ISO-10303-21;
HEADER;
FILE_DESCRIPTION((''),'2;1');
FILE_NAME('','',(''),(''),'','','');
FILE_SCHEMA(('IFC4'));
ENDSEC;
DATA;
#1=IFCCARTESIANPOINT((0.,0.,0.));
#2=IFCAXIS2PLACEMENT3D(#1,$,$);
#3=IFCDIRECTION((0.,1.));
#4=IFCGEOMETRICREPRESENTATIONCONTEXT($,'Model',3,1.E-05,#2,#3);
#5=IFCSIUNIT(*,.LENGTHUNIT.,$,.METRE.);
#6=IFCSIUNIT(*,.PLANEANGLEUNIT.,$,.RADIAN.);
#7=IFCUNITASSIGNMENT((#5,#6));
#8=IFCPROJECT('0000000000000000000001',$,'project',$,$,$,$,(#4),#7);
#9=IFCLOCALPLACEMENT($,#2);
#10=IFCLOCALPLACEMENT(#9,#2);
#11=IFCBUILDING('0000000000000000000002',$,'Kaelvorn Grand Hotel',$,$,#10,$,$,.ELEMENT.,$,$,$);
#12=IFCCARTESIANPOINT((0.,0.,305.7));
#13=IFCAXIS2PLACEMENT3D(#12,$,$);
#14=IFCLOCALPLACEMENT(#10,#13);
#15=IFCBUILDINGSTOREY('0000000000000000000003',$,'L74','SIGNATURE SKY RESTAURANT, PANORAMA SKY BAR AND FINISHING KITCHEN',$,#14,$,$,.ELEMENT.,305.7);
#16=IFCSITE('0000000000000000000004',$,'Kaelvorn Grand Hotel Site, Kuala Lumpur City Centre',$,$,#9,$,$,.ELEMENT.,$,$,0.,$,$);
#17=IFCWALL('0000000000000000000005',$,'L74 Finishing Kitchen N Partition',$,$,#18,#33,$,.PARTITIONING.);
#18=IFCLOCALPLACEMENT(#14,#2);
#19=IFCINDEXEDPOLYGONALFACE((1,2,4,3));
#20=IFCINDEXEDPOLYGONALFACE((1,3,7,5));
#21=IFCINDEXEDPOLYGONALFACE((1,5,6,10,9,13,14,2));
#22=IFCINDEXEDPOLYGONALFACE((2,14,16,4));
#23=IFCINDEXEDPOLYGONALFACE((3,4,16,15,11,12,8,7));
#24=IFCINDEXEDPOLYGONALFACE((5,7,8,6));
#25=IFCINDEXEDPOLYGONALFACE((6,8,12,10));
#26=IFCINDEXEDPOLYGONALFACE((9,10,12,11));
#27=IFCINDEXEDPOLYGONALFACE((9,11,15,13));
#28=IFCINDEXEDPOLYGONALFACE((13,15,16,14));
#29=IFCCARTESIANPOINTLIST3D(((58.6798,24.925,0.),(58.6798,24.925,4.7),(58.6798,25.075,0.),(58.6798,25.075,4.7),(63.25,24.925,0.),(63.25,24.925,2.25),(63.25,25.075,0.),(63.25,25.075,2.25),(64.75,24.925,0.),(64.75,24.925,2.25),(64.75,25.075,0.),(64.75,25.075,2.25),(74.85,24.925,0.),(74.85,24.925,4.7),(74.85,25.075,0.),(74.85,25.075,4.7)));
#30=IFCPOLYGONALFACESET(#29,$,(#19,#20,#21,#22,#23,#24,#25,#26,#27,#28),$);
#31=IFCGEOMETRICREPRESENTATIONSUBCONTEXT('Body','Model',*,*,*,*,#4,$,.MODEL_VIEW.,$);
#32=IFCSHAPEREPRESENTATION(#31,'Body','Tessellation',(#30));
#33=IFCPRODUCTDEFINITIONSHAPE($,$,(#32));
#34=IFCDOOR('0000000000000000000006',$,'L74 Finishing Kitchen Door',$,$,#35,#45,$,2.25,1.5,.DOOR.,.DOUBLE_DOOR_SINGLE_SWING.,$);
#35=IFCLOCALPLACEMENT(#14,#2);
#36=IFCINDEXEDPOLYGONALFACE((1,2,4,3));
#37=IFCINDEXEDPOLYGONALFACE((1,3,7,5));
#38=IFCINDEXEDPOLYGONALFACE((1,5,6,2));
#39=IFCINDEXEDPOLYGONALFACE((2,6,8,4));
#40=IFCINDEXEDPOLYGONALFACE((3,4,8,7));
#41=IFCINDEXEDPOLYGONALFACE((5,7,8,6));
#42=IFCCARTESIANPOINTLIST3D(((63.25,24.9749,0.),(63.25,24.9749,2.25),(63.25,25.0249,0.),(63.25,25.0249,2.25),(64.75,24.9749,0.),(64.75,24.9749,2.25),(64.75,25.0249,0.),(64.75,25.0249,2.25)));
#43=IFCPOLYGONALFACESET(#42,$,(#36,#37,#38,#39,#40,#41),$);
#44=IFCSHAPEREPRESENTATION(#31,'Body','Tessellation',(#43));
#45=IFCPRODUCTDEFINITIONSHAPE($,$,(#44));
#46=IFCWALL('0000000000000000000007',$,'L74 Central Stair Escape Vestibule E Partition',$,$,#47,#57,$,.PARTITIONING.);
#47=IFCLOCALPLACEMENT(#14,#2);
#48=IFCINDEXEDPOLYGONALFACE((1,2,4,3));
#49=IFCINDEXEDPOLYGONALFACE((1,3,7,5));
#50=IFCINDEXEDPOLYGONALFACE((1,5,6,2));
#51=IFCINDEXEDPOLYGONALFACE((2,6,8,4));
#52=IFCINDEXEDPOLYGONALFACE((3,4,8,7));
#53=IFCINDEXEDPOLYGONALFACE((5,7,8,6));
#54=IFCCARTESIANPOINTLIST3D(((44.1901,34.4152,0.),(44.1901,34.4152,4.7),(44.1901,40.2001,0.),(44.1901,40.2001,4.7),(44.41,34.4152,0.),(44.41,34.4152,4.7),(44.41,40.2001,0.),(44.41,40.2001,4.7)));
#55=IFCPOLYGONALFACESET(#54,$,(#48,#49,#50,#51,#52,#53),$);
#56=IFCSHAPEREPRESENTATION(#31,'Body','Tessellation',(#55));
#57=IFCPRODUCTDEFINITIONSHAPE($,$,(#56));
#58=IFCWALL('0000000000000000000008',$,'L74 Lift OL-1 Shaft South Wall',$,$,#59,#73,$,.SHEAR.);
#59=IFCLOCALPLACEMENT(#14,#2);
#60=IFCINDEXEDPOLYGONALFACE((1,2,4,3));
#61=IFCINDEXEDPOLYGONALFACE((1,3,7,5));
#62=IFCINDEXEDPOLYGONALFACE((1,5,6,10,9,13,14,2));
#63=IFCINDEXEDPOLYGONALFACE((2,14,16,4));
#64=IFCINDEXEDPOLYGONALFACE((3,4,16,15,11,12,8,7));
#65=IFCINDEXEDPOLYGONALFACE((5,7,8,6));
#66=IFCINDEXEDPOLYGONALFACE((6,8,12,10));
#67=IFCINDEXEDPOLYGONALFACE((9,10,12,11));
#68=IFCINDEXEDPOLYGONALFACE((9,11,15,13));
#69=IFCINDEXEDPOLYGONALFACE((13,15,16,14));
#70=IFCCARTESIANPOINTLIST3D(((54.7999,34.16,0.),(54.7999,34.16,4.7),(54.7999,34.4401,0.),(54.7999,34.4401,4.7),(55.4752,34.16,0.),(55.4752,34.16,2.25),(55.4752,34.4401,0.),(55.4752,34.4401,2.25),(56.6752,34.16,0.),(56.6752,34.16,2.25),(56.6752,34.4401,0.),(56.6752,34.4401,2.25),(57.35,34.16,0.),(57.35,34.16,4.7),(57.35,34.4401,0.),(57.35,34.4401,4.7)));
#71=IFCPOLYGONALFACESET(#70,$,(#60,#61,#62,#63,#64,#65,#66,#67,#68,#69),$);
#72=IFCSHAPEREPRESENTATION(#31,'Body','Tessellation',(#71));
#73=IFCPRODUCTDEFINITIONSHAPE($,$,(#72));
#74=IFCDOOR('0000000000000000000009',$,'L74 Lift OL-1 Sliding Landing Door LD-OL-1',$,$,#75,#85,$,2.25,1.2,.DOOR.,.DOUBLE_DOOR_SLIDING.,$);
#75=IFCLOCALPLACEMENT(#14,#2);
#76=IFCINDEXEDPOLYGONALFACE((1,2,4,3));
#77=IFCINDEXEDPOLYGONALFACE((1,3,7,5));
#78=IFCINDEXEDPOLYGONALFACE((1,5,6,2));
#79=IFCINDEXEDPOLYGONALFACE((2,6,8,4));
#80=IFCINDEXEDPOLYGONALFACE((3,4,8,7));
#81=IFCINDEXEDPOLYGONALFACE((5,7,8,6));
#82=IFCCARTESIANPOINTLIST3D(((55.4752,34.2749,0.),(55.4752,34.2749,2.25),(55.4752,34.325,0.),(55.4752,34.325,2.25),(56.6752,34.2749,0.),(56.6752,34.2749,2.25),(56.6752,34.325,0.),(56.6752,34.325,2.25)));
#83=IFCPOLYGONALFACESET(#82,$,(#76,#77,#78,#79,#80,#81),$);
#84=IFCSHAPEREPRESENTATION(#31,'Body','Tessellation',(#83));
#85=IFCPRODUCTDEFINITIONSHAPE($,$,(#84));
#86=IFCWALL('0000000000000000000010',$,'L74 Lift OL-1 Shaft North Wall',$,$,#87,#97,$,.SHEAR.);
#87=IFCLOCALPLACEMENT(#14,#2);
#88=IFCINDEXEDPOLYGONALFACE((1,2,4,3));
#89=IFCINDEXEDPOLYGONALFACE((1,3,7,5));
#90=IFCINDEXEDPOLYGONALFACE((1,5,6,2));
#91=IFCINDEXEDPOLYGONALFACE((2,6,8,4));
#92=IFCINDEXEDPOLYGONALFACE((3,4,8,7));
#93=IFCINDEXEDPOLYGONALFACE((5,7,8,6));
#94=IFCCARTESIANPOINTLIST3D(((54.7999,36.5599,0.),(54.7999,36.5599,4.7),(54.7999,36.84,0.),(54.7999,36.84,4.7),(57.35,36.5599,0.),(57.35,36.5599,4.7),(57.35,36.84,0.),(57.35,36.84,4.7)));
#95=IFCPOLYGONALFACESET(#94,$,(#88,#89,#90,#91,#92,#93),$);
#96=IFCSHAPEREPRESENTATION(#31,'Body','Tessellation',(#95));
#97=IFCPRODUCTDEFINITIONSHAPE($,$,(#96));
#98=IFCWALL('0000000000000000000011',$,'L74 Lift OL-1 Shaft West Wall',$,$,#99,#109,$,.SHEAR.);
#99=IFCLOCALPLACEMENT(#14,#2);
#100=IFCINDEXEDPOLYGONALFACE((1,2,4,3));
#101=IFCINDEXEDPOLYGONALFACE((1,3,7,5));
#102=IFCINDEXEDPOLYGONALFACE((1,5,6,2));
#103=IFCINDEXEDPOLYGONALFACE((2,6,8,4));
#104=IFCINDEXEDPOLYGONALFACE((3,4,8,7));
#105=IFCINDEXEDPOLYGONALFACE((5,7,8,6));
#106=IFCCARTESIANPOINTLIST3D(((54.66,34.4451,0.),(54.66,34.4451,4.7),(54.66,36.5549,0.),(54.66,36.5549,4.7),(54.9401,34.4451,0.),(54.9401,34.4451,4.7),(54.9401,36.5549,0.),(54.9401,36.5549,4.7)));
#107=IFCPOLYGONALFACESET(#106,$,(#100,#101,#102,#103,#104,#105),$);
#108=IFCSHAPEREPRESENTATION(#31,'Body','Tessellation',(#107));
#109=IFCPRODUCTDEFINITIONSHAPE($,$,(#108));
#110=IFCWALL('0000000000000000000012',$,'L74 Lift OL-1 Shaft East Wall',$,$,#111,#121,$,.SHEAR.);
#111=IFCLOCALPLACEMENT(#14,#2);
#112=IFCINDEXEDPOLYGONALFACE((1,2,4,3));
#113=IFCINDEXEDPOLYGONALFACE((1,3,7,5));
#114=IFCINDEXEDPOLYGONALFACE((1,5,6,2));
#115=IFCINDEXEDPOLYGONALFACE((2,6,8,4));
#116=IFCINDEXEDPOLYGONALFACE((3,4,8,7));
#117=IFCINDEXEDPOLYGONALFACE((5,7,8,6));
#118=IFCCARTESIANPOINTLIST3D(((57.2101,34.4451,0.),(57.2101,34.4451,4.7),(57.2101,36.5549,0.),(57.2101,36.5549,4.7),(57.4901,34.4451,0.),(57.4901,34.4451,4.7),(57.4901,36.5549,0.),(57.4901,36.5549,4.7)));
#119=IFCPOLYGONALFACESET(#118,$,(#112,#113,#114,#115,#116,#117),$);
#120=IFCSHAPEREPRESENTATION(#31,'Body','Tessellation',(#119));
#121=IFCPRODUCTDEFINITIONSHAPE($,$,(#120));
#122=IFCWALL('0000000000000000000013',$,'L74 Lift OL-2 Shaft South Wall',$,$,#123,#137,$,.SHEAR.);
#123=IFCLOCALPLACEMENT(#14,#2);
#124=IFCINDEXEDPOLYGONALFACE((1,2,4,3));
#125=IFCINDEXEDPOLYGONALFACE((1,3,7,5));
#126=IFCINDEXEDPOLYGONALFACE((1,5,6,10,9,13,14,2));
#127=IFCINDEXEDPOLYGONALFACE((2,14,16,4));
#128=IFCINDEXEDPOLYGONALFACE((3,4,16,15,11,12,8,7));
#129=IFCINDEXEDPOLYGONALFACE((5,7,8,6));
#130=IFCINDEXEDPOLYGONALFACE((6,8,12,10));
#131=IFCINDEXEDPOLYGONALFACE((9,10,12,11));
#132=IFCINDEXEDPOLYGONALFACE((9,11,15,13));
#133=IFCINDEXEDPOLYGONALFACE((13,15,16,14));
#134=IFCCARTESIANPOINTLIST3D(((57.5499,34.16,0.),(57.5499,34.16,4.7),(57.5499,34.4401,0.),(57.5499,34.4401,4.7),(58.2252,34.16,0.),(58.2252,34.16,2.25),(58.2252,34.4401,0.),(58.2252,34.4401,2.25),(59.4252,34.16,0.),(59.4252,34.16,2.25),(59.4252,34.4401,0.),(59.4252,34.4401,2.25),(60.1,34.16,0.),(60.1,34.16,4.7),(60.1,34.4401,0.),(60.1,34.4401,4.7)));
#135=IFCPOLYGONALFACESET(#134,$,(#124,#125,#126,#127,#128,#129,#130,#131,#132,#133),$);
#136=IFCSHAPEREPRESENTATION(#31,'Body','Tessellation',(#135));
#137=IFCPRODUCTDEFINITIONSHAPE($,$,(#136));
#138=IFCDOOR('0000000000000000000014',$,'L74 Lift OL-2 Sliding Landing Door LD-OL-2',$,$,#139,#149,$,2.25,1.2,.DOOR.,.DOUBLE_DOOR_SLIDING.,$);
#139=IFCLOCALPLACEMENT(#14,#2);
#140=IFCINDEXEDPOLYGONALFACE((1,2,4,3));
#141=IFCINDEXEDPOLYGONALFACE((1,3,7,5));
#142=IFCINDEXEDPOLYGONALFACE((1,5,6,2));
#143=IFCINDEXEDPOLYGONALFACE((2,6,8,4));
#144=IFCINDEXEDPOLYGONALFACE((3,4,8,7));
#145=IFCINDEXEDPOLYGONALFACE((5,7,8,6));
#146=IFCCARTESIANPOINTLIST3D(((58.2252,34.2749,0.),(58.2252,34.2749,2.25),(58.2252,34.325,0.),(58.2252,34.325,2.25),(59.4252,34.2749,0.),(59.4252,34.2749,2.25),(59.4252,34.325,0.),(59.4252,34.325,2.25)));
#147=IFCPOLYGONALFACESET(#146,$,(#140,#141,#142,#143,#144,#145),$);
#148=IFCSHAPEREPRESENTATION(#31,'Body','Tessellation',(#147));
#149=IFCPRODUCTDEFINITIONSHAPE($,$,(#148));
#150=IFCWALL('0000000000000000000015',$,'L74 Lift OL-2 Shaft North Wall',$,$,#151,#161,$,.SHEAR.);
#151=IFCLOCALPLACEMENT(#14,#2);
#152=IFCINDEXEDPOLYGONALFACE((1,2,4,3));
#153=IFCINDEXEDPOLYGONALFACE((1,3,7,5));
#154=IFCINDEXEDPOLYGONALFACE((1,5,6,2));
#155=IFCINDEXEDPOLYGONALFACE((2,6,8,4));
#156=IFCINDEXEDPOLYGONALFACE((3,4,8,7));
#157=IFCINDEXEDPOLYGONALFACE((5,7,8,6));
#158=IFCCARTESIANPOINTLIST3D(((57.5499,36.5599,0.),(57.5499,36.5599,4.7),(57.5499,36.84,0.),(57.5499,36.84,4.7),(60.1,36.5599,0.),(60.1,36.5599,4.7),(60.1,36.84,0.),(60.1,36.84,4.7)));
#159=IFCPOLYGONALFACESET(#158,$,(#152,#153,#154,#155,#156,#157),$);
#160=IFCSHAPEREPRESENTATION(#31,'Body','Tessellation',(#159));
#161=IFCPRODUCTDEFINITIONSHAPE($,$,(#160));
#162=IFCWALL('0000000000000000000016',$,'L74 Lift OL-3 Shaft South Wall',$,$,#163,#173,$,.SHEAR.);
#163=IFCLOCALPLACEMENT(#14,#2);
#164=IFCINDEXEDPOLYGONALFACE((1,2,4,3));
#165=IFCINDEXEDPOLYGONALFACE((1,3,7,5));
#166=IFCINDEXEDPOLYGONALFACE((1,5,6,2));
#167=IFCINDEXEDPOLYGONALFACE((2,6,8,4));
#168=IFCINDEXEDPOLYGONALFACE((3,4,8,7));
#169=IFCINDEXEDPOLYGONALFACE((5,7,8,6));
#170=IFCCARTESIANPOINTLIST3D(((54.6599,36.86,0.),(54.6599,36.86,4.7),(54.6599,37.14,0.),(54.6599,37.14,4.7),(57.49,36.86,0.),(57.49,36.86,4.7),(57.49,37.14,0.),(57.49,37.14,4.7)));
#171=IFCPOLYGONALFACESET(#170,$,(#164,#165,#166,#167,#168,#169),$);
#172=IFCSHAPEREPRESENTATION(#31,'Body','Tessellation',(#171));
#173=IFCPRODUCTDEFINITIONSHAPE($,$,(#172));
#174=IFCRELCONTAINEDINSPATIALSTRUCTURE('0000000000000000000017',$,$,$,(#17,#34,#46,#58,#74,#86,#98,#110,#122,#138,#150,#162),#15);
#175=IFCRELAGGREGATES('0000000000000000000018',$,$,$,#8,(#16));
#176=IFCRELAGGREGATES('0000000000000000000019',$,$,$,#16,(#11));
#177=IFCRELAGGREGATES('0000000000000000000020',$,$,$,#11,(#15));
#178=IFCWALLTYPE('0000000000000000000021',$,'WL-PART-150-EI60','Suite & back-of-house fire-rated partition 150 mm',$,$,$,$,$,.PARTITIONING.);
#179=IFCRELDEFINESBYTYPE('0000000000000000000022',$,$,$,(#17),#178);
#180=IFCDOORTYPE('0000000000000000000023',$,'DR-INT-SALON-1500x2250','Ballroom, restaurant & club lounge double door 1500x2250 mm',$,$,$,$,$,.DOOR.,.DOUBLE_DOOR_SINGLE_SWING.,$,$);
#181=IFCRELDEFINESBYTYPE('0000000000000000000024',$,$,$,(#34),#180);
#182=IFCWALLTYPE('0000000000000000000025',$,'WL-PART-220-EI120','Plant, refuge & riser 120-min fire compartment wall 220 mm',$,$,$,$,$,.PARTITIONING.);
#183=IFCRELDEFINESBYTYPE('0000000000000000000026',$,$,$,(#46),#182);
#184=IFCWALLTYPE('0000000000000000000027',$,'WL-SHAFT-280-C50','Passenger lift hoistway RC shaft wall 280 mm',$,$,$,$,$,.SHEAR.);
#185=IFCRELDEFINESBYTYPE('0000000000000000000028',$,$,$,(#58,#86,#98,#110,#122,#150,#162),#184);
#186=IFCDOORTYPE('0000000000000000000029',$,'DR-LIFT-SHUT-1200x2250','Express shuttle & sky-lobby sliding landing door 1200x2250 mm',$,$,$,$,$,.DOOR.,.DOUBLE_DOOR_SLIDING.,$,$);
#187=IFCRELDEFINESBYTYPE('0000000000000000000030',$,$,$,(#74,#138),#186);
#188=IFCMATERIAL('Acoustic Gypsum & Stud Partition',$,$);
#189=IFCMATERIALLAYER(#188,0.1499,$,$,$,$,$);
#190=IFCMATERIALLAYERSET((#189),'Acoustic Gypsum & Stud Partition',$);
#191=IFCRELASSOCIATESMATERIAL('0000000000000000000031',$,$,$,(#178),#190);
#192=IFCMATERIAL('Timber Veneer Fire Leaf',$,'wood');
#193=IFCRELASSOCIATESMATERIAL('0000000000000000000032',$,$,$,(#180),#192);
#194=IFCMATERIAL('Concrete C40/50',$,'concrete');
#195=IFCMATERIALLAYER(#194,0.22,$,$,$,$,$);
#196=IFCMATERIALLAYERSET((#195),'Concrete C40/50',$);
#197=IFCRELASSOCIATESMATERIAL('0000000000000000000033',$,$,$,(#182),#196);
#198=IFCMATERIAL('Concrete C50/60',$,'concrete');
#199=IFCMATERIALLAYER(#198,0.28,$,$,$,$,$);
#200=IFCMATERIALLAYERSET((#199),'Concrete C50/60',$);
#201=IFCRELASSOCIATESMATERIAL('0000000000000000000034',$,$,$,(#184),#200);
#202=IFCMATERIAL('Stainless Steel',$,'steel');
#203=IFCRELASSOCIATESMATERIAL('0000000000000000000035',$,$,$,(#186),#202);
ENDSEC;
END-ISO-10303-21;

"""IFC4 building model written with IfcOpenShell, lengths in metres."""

from ifc_helpers import new_model, si_unit, direction, frame, frame_2d, origin, place, context, subcontext, project, spatial, rectangle, extrude, material, layer, layer_set, type_object, element, fill, save


model = new_model("IFC4")

# Units and contexts
model_context = context("Model", 3, precision=1e-05, world=origin(), true_north=direction((0.0, 1.0)))
body_context = subcontext(model_context, "Body", "Model", "MODEL_VIEW")
ifc_project = project(units=[si_unit("LENGTHUNIT", "METRE"), si_unit("PLANEANGLEUNIT", "RADIAN")], contexts=[model_context])

# Site, building, storey
site_placement = place(None, origin())
site = spatial("IfcSite", under=ifc_project, at=site_placement, Name="Kaelvorn Grand Hotel Site, Kuala Lumpur City Centre", CompositionType="ELEMENT", RefElevation=0.0)
building_placement = place(site_placement, origin())
building = spatial("IfcBuilding", under=site, at=building_placement, Name="Kaelvorn Grand Hotel", CompositionType="ELEMENT")
storey_placement = place(building_placement, frame((0.0, 0.0, 305.7)))
storey = spatial("IfcBuildingStorey", under=building, at=storey_placement, Name="L74", Description="SIGNATURE SKY RESTAURANT, PANORAMA SKY BAR AND FINISHING KITCHEN", CompositionType="ELEMENT", Elevation=305.7)

# Shared definitions
ifc_material_1 = material(Name="Concrete C50/60", Category="concrete")

# Shared definitions
ifc_material_2 = material(Name="Acoustic Gypsum & Stud Partition")
ifc_layer_1 = layer(ifc_material_2, 0.1499)
ifc_layer_set_1 = layer_set([ifc_layer_1], Name="Acoustic Gypsum & Stud Partition")
wall_type_1 = type_object("IfcWallType", Name="WL-PART-150-EI60", Description="Suite & back-of-house fire-rated partition 150 mm", PredefinedType="PARTITIONING", material=ifc_layer_set_1)
ifc_material_3 = material(Name="Timber Veneer Fire Leaf", Category="wood")

# Wall, opening, door
door_type_1 = type_object("IfcDoorType", Name="DR-INT-SALON-1500x2250", Description="Ballroom, restaurant & club lounge double door 1500x2250 mm", OperationType="DOUBLE_DOOR_SINGLE_SWING", PredefinedType="DOOR", material=ifc_material_3)
wall_1_placement = place(storey_placement, frame((58.6799, 25.0, 0.0), z_axis=(0.0, 0.0, 1.0), x_axis=(1.0, 0.0, 0.0)))
wall_1 = element("IfcWall", 1, at=wall_1_placement, inside=storey, type_object=wall_type_1, Name="L74 Finishing Kitchen N Partition", PredefinedType="PARTITIONING", context=body_context, shape_type="SweptSolid", body=[
    extrude(rectangle(XDim=16.1702, YDim=0.1499, at=frame_2d((8.085, 0.0))), origin(), (0.0, 0.0, 1.0), 4.7),
])
opening_1_placement = place(wall_1_placement, frame((4.5701, 0.0, 0.0)))
opening_1 = element("IfcOpeningElement", 2, at=opening_1_placement, cuts=wall_1, PredefinedType="OPENING", context=body_context, shape_type="SweptSolid", body=[
    extrude(rectangle(XDim=1.5, YDim=2.25, at=frame_2d((0.75, 1.125))), frame((0.0, 0.085, 0.0), z_axis=(0.0, -1.0, 0.0), x_axis=(1.0, 0.0, 0.0)), (0.0, 0.0, 1.0), 0.1699),
])
door_1_placement = place(opening_1_placement, origin())
door_1 = element("IfcDoor", 3, at=door_1_placement, inside=storey, type_object=door_type_1, Name="L74 Finishing Kitchen Door", OperationType="DOUBLE_DOOR_SINGLE_SWING", OverallHeight=2.25, OverallWidth=1.5, PredefinedType="DOOR", context=body_context, shape_type="SweptSolid", body=[
    extrude(rectangle(XDim=1.5, YDim=2.25, at=frame_2d((0.75, 1.125))), frame((0.0, 0.0249, 0.0), z_axis=(0.0, -1.0, 0.0), x_axis=(1.0, 0.0, 0.0)), (0.0, 0.0, 1.0), 0.05),
])
fill(opening_1, door_1)

# Wall
ifc_material_4 = material(Name="Concrete C40/50", Category="concrete")
ifc_layer_2 = layer(ifc_material_4, 0.22)
ifc_layer_set_2 = layer_set([ifc_layer_2], Name="Concrete C40/50")
wall_type_2 = type_object("IfcWallType", Name="WL-PART-220-EI120", Description="Plant, refuge & riser 120-min fire compartment wall 220 mm", PredefinedType="PARTITIONING", material=ifc_layer_set_2)
wall_2_placement = place(storey_placement, frame((44.3, 34.415, 0.0), z_axis=(0.0, 0.0, 1.0), x_axis=(0.0, 1.0, 0.0)))
element("IfcWall", 4, at=wall_2_placement, inside=storey, type_object=wall_type_2, Name="L74 Central Stair Escape Vestibule E Partition", PredefinedType="PARTITIONING", context=body_context, shape_type="SweptSolid", body=[
    extrude(rectangle(XDim=5.7849, YDim=0.22, at=frame_2d((2.8926, 0.0))), origin(), (0.0, 0.0, 1.0), 4.7),
])

# Wall, opening, door
ifc_layer_3 = layer(ifc_material_1, 0.28)
ifc_layer_set_3 = layer_set([ifc_layer_3], Name="Concrete C50/60")
wall_type_3 = type_object("IfcWallType", Name="WL-SHAFT-280-C50", Description="Passenger lift hoistway RC shaft wall 280 mm", PredefinedType="SHEAR", material=ifc_layer_set_3)
wall_3_placement = place(storey_placement, frame((54.8, 34.3, 0.0), z_axis=(0.0, 0.0, 1.0), x_axis=(1.0, 0.0, 0.0)))
wall_3 = element("IfcWall", 5, at=wall_3_placement, inside=storey, type_object=wall_type_3, Name="L74 Lift OL-1 Shaft South Wall", PredefinedType="SHEAR", context=body_context, shape_type="SweptSolid", body=[
    extrude(rectangle(XDim=2.55, YDim=0.28, at=frame_2d((1.2749, 0.0))), origin(), (0.0, 0.0, 1.0), 4.7),
])
opening_2_placement = place(wall_3_placement, frame((0.675, 0.0, 0.0)))
opening_2 = element("IfcOpeningElement", 6, at=opening_2_placement, cuts=wall_3, PredefinedType="OPENING", context=body_context, shape_type="SweptSolid", body=[
    extrude(rectangle(XDim=1.2, YDim=2.25, at=frame_2d((0.6001, 1.125))), frame((0.0, 0.1499, 0.0), z_axis=(0.0, -1.0, 0.0), x_axis=(1.0, 0.0, 0.0)), (0.0, 0.0, 1.0), 0.3),
])
ifc_material_5 = material(Name="Stainless Steel", Category="steel")
door_type_2 = type_object("IfcDoorType", Name="DR-LIFT-SHUT-1200x2250", Description="Express shuttle & sky-lobby sliding landing door 1200x2250 mm", OperationType="DOUBLE_DOOR_SLIDING", PredefinedType="DOOR", material=ifc_material_5)
door_2_placement = place(opening_2_placement, origin())
door_2 = element("IfcDoor", 7, at=door_2_placement, inside=storey, type_object=door_type_2, Name="L74 Lift OL-1 Sliding Landing Door LD-OL-1", OperationType="DOUBLE_DOOR_SLIDING", OverallHeight=2.25, OverallWidth=1.2, PredefinedType="DOOR", context=body_context, shape_type="SweptSolid", body=[
    extrude(rectangle(XDim=1.2, YDim=2.25, at=frame_2d((0.6001, 1.125))), frame((0.0, 0.0249, 0.0), z_axis=(0.0, -1.0, 0.0), x_axis=(1.0, 0.0, 0.0)), (0.0, 0.0, 1.0), 0.05),
])
fill(opening_2, door_2)

# Walls
wall_4_placement = place(storey_placement, frame((54.8, 36.7, 0.0), z_axis=(0.0, 0.0, 1.0), x_axis=(1.0, 0.0, 0.0)))
element("IfcWall", 8, at=wall_4_placement, inside=storey, type_object=wall_type_3, Name="L74 Lift OL-1 Shaft North Wall", PredefinedType="SHEAR", context=body_context, shape_type="SweptSolid", body=[
    extrude(rectangle(XDim=2.55, YDim=0.28, at=frame_2d((1.2749, 0.0))), origin(), (0.0, 0.0, 1.0), 4.7),
])
for number, where, z_axis, x_axis, name in (
    (9, (54.8, 34.4451, 0.0), (0.0, 0.0, 1.0), (0.0, 1.0, 0.0), "L74 Lift OL-1 Shaft West Wall"),
    (10, (57.3501, 34.4451, 0.0), (0.0, 0.0, 1.0), (0.0, 1.0, 0.0), "L74 Lift OL-1 Shaft East Wall"),
):
    element("IfcWall", number, at=place(storey_placement, frame(where, z_axis=z_axis, x_axis=x_axis)), inside=storey, type_object=wall_type_3, Name=name, PredefinedType="SHEAR", context=body_context, shape_type="SweptSolid", body=[
        extrude(rectangle(XDim=2.1099, YDim=0.28, at=frame_2d((1.0549, 0.0))), origin(), (0.0, 0.0, 1.0), 4.7),
    ])

# Wall, opening, door
wall_5_placement = place(storey_placement, frame((57.55, 34.3, 0.0), z_axis=(0.0, 0.0, 1.0), x_axis=(1.0, 0.0, 0.0)))
wall_5 = element("IfcWall", 11, at=wall_5_placement, inside=storey, type_object=wall_type_3, Name="L74 Lift OL-2 Shaft South Wall", PredefinedType="SHEAR", context=body_context, shape_type="SweptSolid", body=[
    extrude(rectangle(XDim=2.55, YDim=0.28, at=frame_2d((1.2749, 0.0))), origin(), (0.0, 0.0, 1.0), 4.7),
])
opening_3_placement = place(wall_5_placement, frame((0.675, 0.0, 0.0)))
opening_3 = element("IfcOpeningElement", 12, at=opening_3_placement, cuts=wall_5, PredefinedType="OPENING", context=body_context, shape_type="SweptSolid", body=[
    extrude(rectangle(XDim=1.2, YDim=2.25, at=frame_2d((0.6001, 1.125))), frame((0.0, 0.1499, 0.0), z_axis=(0.0, -1.0, 0.0), x_axis=(1.0, 0.0, 0.0)), (0.0, 0.0, 1.0), 0.3),
])
door_3_placement = place(opening_3_placement, origin())
door_3 = element("IfcDoor", 13, at=door_3_placement, inside=storey, type_object=door_type_2, Name="L74 Lift OL-2 Sliding Landing Door LD-OL-2", OperationType="DOUBLE_DOOR_SLIDING", OverallHeight=2.25, OverallWidth=1.2, PredefinedType="DOOR", context=body_context, shape_type="SweptSolid", body=[
    extrude(rectangle(XDim=1.2, YDim=2.25, at=frame_2d((0.6001, 1.125))), frame((0.0, 0.0249, 0.0), z_axis=(0.0, -1.0, 0.0), x_axis=(1.0, 0.0, 0.0)), (0.0, 0.0, 1.0), 0.05),
])
fill(opening_3, door_3)

# Walls
wall_6_placement = place(storey_placement, frame((57.55, 36.7, 0.0), z_axis=(0.0, 0.0, 1.0), x_axis=(1.0, 0.0, 0.0)))
element("IfcWall", 14, at=wall_6_placement, inside=storey, type_object=wall_type_3, Name="L74 Lift OL-2 Shaft North Wall", PredefinedType="SHEAR", context=body_context, shape_type="SweptSolid", body=[
    extrude(rectangle(XDim=2.55, YDim=0.28, at=frame_2d((1.2749, 0.0))), origin(), (0.0, 0.0, 1.0), 4.7),
])
wall_7_placement = place(storey_placement, frame((54.6599, 37.0, 0.0), z_axis=(0.0, 0.0, 1.0), x_axis=(1.0, 0.0, 0.0)))
element("IfcWall", 15, at=wall_7_placement, inside=storey, type_object=wall_type_3, Name="L74 Lift OL-3 Shaft South Wall", PredefinedType="SHEAR", context=body_context, shape_type="SweptSolid", body=[
    extrude(rectangle(XDim=2.8301, YDim=0.28, at=frame_2d((1.415, 0.0))), origin(), (0.0, 0.0, 1.0), 4.7),
])

save(model, "model.ifc")
